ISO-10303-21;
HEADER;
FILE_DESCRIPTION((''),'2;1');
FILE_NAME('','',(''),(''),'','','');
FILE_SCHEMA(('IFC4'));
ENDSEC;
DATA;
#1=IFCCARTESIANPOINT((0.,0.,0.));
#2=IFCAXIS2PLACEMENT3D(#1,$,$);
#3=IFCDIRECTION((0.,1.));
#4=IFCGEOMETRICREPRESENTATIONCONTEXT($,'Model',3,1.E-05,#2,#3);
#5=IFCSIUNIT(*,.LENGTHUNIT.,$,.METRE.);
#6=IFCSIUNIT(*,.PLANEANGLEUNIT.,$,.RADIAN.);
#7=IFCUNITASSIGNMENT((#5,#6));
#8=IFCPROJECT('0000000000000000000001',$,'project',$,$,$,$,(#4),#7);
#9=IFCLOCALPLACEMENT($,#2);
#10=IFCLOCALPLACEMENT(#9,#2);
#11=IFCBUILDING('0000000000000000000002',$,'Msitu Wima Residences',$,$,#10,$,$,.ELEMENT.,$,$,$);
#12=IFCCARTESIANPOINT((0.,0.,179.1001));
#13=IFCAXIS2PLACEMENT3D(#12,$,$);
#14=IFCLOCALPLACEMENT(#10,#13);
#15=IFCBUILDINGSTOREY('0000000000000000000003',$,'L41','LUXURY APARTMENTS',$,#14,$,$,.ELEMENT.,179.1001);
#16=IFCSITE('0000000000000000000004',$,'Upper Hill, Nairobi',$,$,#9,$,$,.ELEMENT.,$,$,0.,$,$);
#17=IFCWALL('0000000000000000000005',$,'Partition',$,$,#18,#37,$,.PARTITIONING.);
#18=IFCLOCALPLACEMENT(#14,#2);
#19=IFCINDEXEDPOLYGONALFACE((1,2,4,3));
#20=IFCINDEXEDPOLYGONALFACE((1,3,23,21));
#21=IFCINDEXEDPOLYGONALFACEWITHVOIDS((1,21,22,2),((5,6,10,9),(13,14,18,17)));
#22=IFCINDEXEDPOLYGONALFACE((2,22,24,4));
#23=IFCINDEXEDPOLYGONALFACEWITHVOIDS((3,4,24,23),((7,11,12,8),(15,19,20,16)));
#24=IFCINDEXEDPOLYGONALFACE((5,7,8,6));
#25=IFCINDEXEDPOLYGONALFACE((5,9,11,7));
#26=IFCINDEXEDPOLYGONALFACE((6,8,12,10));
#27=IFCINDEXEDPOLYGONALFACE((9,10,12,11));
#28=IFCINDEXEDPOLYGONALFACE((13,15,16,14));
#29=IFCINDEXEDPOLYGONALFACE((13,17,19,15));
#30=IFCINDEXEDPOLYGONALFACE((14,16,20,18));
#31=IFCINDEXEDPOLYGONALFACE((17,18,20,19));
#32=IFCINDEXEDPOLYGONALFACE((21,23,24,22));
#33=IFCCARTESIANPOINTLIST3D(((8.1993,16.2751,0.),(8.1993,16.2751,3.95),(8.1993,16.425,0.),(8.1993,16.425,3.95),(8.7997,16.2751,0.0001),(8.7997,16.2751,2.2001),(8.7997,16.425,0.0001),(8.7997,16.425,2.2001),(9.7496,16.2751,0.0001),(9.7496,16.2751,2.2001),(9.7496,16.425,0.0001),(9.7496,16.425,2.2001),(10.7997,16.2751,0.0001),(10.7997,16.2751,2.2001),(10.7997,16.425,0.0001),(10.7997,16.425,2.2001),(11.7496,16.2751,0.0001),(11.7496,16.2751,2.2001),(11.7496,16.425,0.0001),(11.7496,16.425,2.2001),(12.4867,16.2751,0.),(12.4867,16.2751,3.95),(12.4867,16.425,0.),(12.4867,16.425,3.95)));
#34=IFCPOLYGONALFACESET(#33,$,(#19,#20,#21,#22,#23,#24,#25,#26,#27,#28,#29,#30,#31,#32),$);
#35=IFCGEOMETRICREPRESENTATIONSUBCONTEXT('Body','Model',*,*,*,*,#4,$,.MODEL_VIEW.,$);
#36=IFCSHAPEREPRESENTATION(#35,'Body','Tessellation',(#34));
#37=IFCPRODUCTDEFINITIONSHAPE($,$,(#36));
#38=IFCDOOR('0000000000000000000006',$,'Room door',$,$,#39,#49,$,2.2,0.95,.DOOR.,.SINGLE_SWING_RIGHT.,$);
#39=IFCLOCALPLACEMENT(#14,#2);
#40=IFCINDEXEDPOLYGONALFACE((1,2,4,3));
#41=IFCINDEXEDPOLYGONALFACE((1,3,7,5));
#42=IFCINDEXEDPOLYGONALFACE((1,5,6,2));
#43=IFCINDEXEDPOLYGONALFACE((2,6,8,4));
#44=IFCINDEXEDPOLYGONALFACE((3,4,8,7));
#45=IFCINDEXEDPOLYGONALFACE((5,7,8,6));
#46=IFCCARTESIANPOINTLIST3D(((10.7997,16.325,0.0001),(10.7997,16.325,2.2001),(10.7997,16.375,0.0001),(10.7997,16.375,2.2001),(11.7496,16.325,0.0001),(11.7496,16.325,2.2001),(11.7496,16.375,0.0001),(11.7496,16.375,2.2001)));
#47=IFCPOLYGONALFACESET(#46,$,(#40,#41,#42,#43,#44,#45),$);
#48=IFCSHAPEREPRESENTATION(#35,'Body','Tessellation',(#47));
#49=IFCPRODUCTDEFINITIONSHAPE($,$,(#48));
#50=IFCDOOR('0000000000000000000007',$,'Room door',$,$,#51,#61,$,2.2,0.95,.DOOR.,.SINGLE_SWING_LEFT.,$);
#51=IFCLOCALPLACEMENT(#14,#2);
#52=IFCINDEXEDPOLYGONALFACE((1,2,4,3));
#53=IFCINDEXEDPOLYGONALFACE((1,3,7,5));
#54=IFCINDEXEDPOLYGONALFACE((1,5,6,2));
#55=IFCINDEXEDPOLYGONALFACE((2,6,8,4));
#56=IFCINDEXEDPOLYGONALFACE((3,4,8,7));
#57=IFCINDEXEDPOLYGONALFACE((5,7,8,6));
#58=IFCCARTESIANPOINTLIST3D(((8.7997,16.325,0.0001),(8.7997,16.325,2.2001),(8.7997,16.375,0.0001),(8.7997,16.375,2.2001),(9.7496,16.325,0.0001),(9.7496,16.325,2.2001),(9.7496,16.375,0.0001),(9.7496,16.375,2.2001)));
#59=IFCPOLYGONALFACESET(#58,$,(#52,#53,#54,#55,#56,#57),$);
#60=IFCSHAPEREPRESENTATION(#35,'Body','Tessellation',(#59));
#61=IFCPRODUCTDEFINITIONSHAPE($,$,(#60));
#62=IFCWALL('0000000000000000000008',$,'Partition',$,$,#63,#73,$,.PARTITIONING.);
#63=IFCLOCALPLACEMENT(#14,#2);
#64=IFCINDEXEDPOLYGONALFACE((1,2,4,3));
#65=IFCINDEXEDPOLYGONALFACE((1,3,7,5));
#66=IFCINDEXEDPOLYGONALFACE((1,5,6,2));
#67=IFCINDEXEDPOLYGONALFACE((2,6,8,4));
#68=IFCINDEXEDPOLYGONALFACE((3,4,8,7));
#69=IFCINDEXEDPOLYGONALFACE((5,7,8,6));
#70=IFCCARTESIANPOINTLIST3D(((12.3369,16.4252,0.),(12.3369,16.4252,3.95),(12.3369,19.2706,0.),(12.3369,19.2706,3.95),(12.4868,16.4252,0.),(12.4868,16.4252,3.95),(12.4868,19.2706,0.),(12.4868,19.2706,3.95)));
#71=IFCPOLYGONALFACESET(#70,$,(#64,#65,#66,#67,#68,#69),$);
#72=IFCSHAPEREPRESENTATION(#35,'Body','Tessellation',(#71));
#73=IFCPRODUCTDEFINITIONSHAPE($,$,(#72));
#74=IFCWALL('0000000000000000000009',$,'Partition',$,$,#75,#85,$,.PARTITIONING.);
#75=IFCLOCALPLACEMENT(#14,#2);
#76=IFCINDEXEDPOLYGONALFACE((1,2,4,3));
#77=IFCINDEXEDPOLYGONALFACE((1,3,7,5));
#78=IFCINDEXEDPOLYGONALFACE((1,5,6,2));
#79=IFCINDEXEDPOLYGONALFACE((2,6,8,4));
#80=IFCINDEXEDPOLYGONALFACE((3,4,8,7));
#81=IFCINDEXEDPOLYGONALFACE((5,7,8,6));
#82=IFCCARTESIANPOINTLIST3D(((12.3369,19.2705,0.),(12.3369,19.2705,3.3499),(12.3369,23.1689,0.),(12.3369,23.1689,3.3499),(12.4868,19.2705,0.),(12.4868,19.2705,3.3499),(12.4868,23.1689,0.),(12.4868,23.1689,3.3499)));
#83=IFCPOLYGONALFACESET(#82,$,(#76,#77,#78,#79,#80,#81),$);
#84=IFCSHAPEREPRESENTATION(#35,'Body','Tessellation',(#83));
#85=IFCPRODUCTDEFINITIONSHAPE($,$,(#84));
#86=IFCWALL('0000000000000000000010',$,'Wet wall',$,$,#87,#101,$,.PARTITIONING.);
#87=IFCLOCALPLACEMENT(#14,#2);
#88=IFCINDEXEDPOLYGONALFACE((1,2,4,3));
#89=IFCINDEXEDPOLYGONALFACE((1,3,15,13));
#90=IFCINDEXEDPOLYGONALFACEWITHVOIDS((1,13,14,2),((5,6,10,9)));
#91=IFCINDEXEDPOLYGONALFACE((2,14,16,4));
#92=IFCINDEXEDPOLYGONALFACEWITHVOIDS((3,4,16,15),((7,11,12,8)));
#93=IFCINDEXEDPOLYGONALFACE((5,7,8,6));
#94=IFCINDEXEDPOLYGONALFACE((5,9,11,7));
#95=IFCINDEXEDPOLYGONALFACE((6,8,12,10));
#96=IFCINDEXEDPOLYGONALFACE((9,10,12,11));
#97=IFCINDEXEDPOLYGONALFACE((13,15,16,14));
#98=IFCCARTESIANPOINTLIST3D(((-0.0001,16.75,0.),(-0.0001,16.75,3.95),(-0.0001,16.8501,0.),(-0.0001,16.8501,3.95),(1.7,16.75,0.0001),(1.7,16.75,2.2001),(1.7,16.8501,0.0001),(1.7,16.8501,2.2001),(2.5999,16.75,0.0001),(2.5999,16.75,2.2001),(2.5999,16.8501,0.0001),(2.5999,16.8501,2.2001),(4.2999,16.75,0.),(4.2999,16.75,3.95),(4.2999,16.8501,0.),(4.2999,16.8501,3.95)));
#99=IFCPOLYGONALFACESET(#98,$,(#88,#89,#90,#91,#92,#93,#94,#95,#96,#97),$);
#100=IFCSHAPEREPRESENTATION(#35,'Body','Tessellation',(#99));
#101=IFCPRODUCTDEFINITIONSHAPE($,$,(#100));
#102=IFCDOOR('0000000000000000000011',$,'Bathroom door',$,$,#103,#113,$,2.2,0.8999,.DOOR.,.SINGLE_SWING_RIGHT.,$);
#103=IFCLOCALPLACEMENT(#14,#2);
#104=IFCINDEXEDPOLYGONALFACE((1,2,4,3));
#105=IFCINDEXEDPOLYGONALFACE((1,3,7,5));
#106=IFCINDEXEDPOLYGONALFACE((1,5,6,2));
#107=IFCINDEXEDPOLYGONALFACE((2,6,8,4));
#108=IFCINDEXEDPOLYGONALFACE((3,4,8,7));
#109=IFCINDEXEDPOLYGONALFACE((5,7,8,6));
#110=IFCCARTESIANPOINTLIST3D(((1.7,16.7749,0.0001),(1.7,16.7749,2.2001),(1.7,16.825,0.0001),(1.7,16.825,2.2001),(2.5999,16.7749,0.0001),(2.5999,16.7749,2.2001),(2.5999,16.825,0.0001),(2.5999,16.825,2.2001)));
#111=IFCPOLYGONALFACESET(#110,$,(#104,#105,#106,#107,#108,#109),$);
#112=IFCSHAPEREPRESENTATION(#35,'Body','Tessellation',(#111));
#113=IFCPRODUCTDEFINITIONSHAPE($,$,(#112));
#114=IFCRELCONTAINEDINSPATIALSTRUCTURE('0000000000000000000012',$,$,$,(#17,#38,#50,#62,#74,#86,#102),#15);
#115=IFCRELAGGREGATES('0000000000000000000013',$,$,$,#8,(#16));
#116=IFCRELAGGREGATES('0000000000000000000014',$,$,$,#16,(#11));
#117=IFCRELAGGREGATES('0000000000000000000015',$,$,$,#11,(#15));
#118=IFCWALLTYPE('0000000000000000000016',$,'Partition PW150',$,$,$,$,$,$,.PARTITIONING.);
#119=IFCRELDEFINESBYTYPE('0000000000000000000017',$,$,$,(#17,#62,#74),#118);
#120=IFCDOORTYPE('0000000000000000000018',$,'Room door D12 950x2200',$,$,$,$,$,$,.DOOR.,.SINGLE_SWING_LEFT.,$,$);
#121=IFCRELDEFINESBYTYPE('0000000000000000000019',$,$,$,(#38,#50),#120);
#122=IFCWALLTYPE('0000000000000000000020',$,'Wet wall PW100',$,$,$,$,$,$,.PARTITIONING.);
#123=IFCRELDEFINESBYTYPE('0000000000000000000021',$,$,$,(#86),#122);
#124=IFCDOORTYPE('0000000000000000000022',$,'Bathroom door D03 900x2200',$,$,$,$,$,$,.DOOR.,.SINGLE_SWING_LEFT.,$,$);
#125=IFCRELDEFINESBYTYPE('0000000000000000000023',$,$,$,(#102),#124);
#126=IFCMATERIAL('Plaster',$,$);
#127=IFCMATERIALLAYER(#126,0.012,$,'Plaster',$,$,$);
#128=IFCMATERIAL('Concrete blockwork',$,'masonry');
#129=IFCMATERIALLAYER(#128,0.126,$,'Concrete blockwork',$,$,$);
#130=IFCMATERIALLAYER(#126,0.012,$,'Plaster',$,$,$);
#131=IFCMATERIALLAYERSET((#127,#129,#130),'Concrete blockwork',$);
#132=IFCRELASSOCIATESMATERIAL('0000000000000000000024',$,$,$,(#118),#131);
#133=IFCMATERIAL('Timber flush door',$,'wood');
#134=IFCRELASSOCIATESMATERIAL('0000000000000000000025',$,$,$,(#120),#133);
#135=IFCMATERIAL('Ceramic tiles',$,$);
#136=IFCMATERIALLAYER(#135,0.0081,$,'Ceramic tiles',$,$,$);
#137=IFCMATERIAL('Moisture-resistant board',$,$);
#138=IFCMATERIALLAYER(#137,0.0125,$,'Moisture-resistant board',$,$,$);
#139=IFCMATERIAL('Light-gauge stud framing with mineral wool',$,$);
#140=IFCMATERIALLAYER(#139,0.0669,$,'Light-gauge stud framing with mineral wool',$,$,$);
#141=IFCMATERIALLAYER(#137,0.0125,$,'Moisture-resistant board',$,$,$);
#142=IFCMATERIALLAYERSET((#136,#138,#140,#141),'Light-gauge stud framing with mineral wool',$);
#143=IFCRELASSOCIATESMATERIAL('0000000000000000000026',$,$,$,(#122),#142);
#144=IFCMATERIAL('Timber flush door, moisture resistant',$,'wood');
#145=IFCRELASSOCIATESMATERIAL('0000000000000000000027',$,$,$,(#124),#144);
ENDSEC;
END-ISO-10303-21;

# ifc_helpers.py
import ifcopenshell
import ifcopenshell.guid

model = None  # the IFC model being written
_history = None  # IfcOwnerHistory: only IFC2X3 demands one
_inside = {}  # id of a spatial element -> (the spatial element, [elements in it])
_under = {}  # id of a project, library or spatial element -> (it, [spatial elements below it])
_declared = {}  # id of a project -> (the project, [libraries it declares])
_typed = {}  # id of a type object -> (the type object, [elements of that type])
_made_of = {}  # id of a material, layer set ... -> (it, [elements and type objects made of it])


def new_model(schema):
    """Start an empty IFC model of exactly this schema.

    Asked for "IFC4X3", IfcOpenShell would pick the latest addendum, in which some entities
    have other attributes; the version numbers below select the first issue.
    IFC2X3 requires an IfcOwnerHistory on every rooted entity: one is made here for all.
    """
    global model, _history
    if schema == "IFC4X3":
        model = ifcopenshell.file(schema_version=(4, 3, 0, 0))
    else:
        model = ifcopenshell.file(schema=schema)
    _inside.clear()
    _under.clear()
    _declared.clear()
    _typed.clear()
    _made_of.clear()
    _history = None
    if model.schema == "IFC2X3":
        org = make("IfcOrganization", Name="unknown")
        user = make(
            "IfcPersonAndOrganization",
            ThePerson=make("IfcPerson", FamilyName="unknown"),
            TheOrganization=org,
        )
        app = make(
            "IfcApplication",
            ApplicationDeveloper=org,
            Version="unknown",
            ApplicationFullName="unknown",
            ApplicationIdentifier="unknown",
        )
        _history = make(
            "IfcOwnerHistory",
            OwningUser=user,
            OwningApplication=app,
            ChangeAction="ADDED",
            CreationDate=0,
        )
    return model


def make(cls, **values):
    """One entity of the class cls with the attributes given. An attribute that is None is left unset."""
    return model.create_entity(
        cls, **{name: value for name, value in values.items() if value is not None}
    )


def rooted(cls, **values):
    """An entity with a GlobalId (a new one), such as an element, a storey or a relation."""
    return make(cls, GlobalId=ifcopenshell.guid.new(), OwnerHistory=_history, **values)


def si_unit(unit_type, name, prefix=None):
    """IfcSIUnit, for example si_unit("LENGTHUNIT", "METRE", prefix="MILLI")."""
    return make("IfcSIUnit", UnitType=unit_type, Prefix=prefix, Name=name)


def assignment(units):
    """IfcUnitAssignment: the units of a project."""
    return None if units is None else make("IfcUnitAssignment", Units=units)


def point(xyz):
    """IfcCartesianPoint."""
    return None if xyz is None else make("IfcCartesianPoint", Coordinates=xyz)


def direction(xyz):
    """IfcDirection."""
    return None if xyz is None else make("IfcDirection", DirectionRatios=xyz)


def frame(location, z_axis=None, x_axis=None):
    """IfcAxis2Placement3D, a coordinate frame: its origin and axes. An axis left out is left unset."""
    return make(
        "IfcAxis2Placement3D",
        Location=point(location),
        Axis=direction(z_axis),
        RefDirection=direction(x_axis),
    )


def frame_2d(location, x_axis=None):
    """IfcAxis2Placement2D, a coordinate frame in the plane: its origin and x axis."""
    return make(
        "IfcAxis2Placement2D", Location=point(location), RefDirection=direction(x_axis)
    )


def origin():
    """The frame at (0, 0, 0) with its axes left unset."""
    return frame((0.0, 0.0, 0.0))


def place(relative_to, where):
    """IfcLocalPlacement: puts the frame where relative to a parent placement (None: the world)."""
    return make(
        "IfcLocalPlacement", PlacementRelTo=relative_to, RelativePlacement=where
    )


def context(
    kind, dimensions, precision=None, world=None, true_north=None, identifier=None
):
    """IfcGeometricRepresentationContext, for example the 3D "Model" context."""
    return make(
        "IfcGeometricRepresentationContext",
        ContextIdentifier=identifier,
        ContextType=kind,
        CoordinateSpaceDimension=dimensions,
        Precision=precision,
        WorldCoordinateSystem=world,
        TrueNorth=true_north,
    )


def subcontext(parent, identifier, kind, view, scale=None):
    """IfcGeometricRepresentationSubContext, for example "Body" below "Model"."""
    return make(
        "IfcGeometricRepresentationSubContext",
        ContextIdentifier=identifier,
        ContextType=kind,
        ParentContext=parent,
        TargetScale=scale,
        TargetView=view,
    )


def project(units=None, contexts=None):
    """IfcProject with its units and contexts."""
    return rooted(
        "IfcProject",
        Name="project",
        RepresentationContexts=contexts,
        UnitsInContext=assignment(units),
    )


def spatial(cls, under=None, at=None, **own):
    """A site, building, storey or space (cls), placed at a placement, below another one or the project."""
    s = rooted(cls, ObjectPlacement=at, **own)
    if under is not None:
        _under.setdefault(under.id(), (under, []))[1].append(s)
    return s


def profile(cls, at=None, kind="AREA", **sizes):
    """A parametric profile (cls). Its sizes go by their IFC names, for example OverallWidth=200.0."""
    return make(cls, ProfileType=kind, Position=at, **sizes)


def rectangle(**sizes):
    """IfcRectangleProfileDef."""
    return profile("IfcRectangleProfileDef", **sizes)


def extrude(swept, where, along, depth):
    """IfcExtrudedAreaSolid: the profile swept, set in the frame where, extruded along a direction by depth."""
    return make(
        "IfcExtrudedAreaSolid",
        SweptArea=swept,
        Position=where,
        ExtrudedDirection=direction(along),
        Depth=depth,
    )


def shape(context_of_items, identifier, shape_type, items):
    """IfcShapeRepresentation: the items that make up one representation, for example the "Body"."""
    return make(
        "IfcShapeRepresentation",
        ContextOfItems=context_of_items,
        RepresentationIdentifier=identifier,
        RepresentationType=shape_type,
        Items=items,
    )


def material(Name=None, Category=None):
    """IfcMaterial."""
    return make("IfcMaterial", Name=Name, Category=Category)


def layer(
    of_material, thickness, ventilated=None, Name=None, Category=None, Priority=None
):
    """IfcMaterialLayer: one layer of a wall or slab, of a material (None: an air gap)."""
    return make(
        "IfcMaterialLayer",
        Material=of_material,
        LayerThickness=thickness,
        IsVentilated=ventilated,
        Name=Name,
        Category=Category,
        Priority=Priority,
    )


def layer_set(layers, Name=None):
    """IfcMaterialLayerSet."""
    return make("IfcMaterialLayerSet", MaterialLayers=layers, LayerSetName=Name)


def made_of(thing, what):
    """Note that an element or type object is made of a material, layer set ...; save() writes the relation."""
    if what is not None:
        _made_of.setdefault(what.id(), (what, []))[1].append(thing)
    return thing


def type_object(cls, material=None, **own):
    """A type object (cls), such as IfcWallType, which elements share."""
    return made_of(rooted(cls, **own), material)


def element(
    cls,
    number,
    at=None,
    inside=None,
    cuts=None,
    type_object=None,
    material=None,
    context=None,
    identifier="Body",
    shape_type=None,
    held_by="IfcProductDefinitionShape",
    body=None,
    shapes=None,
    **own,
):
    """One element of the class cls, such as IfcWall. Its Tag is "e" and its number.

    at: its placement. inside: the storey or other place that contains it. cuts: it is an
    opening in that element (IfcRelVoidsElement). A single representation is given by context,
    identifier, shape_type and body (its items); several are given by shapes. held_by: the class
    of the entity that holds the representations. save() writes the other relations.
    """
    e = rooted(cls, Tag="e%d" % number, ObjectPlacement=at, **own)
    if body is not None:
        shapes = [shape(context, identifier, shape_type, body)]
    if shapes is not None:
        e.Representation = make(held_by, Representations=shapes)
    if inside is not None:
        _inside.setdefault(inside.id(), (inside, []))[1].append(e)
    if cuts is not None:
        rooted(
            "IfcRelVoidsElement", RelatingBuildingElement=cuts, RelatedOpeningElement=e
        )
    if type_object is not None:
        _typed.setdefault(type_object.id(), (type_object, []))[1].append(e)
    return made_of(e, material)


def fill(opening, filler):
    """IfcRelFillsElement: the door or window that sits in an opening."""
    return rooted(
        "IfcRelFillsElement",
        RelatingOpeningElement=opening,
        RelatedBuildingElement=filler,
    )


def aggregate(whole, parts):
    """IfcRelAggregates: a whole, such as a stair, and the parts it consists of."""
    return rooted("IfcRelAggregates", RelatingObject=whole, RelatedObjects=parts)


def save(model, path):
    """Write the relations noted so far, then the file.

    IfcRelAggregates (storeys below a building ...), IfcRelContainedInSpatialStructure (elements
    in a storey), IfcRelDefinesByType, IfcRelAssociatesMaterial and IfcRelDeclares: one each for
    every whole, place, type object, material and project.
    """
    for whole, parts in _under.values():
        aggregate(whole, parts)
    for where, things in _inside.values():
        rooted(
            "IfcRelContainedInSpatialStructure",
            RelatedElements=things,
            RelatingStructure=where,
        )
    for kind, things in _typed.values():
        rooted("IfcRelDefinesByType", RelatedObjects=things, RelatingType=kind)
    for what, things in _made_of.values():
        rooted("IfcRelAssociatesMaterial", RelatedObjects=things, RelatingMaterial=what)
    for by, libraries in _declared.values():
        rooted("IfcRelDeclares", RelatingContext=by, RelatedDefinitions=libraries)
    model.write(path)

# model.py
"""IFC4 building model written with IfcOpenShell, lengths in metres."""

from ifc_helpers import new_model, si_unit, direction, frame, frame_2d, origin, place, context, subcontext, project, spatial, rectangle, extrude, material, layer, layer_set, type_object, element, fill, save


model = new_model("IFC4")

# Units and contexts
model_context = context("Model", 3, precision=1e-05, world=origin(), true_north=direction((0.0, 1.0)))
body_context = subcontext(model_context, "Body", "Model", "MODEL_VIEW")
ifc_project = project(units=[si_unit("LENGTHUNIT", "METRE"), si_unit("PLANEANGLEUNIT", "RADIAN")], contexts=[model_context])

# Site, building, storey
site_placement = place(None, origin())
site = spatial("IfcSite", under=ifc_project, at=site_placement, Name="Upper Hill, Nairobi", CompositionType="ELEMENT", RefElevation=0.0)
building_placement = place(site_placement, origin())
building = spatial("IfcBuilding", under=site, at=building_placement, Name="Msitu Wima Residences", CompositionType="ELEMENT")
storey_placement = place(building_placement, frame((0.0, 0.0, 179.1001)))
storey = spatial("IfcBuildingStorey", under=building, at=storey_placement, Name="L41", Description="LUXURY APARTMENTS", CompositionType="ELEMENT", Elevation=179.1001)

# Shared definitions
ifc_material_1 = material(Name="Plaster")
ifc_layer_1 = layer(ifc_material_1, 0.012, Name="Plaster")
ifc_material_2 = material(Name="Concrete blockwork", Category="masonry")
ifc_layer_2 = layer(ifc_material_2, 0.126, Name="Concrete blockwork")
ifc_layer_3 = layer(ifc_material_1, 0.012, Name="Plaster")
ifc_layer_set_1 = layer_set([ifc_layer_1, ifc_layer_2, ifc_layer_3], Name="Concrete blockwork")
wall_type_1 = type_object("IfcWallType", Name="Partition PW150", PredefinedType="PARTITIONING", material=ifc_layer_set_1)
ifc_material_3 = material(Name="Timber flush door", Category="wood")
door_type_1 = type_object("IfcDoorType", Name="Room door D12 950x2200", OperationType="SINGLE_SWING_LEFT", PredefinedType="DOOR", material=ifc_material_3)

# Wall, openings, doors
wall_1_placement = place(storey_placement, frame((8.1995, 16.3501, 0.0), z_axis=(0.0, 0.0, 1.0), x_axis=(1.0, 0.0, 0.0)))
wall_1 = element("IfcWall", 1, at=wall_1_placement, inside=storey, type_object=wall_type_1, Name="Partition", PredefinedType="PARTITIONING", context=body_context, shape_type="SweptSolid", body=[
    extrude(rectangle(XDim=4.2874, YDim=0.1499, at=frame_2d((2.1436, 0.0))), origin(), (0.0, 0.0, 1.0), 3.95),
])
opening_1_placement = place(wall_1_placement, frame((2.6001, 0.0, 0.0)))
opening_1 = element("IfcOpeningElement", 2, at=opening_1_placement, cuts=wall_1, PredefinedType="OPENING", context=body_context, shape_type="SweptSolid", body=[
    extrude(rectangle(XDim=0.95, YDim=2.2, at=frame_2d((0.4751, 1.1001))), frame((0.0, 0.085, 0.0), z_axis=(0.0, -1.0, 0.0), x_axis=(1.0, 0.0, 0.0)), (0.0, 0.0, 1.0), 0.1699),
])
opening_2_placement = place(wall_1_placement, frame((0.6001, 0.0, 0.0)))
opening_2 = element("IfcOpeningElement", 3, at=opening_2_placement, cuts=wall_1, PredefinedType="OPENING", context=body_context, shape_type="SweptSolid", body=[
    extrude(rectangle(XDim=0.95, YDim=2.2, at=frame_2d((0.4751, 1.1001))), frame((0.0, 0.085, 0.0), z_axis=(0.0, -1.0, 0.0), x_axis=(1.0, 0.0, 0.0)), (0.0, 0.0, 1.0), 0.1699),
])
door_1_placement = place(opening_1_placement, origin())
door_1 = element("IfcDoor", 4, at=door_1_placement, inside=storey, type_object=door_type_1, Name="Room door", OperationType="SINGLE_SWING_RIGHT", OverallHeight=2.2, OverallWidth=0.95, PredefinedType="DOOR", context=body_context, shape_type="SweptSolid", body=[
    extrude(rectangle(XDim=0.95, YDim=2.2, at=frame_2d((0.4751, 1.1001))), frame((0.0, 0.0249, 0.0), z_axis=(0.0, -1.0, 0.0), x_axis=(1.0, 0.0, 0.0)), (0.0, 0.0, 1.0), 0.05),
])
fill(opening_1, door_1)
door_2_placement = place(opening_2_placement, origin())
door_2 = element("IfcDoor", 5, at=door_2_placement, inside=storey, type_object=door_type_1, Name="Room door", OperationType="SINGLE_SWING_LEFT", OverallHeight=2.2, OverallWidth=0.95, PredefinedType="DOOR", context=body_context, shape_type="SweptSolid", body=[
    extrude(rectangle(XDim=0.95, YDim=2.2, at=frame_2d((0.4751, 1.1001))), frame((0.0, 0.0249, 0.0), z_axis=(0.0, -1.0, 0.0), x_axis=(1.0, 0.0, 0.0)), (0.0, 0.0, 1.0), 0.05),
])
fill(opening_2, door_2)

# Walls
wall_2_placement = place(storey_placement, frame((12.4119, 16.425, 0.0), z_axis=(0.0, 0.0, 1.0), x_axis=(0.0, 1.0, 0.0)))
element("IfcWall", 6, at=wall_2_placement, inside=storey, type_object=wall_type_1, Name="Partition", PredefinedType="PARTITIONING", context=body_context, shape_type="SweptSolid", body=[
    extrude(rectangle(XDim=2.8455, YDim=0.1499, at=frame_2d((1.4229, 0.0))), origin(), (0.0, 0.0, 1.0), 3.95),
])
wall_3_placement = place(storey_placement, frame((12.4119, 19.2705, 0.0), z_axis=(0.0, 0.0, 1.0), x_axis=(0.0, 1.0, 0.0)))
element("IfcWall", 7, at=wall_3_placement, inside=storey, type_object=wall_type_1, Name="Partition", PredefinedType="PARTITIONING", context=body_context, shape_type="SweptSolid", body=[
    extrude(rectangle(XDim=3.8984, YDim=0.1499, at=frame_2d((1.9492, 0.0))), origin(), (0.0, 0.0, 1.0), 3.3499),
])

# Wall, opening, door
ifc_material_4 = material(Name="Ceramic tiles")
ifc_layer_4 = layer(ifc_material_4, 0.0081, Name="Ceramic tiles")
ifc_material_5 = material(Name="Moisture-resistant board")
ifc_layer_5 = layer(ifc_material_5, 0.0125, Name="Moisture-resistant board")
ifc_material_6 = material(Name="Light-gauge stud framing with mineral wool")
ifc_layer_6 = layer(ifc_material_6, 0.0669, Name="Light-gauge stud framing with mineral wool")
ifc_layer_7 = layer(ifc_material_5, 0.0125, Name="Moisture-resistant board")
ifc_layer_set_2 = layer_set([ifc_layer_4, ifc_layer_5, ifc_layer_6, ifc_layer_7], Name="Light-gauge stud framing with mineral wool")
wall_type_2 = type_object("IfcWallType", Name="Wet wall PW100", PredefinedType="PARTITIONING", material=ifc_layer_set_2)
wall_4_placement = place(storey_placement, frame((0.0, 16.8, 0.0), z_axis=(0.0, 0.0, 1.0), x_axis=(1.0, 0.0, 0.0)))
wall_4 = element("IfcWall", 8, at=wall_4_placement, inside=storey, type_object=wall_type_2, Name="Wet wall", PredefinedType="PARTITIONING", context=body_context, shape_type="SweptSolid", body=[
    extrude(rectangle(XDim=4.3, YDim=0.1001, at=frame_2d((2.1499, 0.0))), origin(), (0.0, 0.0, 1.0), 3.95),
])
opening_3_placement = place(wall_4_placement, frame((1.7, 0.0, 0.0)))
opening_3 = element("IfcOpeningElement", 9, at=opening_3_placement, cuts=wall_4, PredefinedType="OPENING", context=body_context, shape_type="SweptSolid", body=[
    extrude(rectangle(XDim=0.8999, YDim=2.2, at=frame_2d((0.45, 1.1001))), frame((0.0, 0.0601, 0.0), z_axis=(0.0, -1.0, 0.0), x_axis=(1.0, 0.0, 0.0)), (0.0, 0.0, 1.0), 0.1201),
])
ifc_material_7 = material(Name="Timber flush door, moisture resistant", Category="wood")
door_type_2 = type_object("IfcDoorType", Name="Bathroom door D03 900x2200", OperationType="SINGLE_SWING_LEFT", PredefinedType="DOOR", material=ifc_material_7)
door_3_placement = place(opening_3_placement, origin())
door_3 = element("IfcDoor", 10, at=door_3_placement, inside=storey, type_object=door_type_2, Name="Bathroom door", OperationType="SINGLE_SWING_RIGHT", OverallHeight=2.2, OverallWidth=0.8999, PredefinedType="DOOR", context=body_context, shape_type="SweptSolid", body=[
    extrude(rectangle(XDim=0.8999, YDim=2.2, at=frame_2d((0.45, 1.1001))), frame((0.0, 0.0249, 0.0), z_axis=(0.0, -1.0, 0.0), x_axis=(1.0, 0.0, 0.0)), (0.0, 0.0, 1.0), 0.05),
])
fill(opening_3, door_3)

save(model, "model.ifc")
